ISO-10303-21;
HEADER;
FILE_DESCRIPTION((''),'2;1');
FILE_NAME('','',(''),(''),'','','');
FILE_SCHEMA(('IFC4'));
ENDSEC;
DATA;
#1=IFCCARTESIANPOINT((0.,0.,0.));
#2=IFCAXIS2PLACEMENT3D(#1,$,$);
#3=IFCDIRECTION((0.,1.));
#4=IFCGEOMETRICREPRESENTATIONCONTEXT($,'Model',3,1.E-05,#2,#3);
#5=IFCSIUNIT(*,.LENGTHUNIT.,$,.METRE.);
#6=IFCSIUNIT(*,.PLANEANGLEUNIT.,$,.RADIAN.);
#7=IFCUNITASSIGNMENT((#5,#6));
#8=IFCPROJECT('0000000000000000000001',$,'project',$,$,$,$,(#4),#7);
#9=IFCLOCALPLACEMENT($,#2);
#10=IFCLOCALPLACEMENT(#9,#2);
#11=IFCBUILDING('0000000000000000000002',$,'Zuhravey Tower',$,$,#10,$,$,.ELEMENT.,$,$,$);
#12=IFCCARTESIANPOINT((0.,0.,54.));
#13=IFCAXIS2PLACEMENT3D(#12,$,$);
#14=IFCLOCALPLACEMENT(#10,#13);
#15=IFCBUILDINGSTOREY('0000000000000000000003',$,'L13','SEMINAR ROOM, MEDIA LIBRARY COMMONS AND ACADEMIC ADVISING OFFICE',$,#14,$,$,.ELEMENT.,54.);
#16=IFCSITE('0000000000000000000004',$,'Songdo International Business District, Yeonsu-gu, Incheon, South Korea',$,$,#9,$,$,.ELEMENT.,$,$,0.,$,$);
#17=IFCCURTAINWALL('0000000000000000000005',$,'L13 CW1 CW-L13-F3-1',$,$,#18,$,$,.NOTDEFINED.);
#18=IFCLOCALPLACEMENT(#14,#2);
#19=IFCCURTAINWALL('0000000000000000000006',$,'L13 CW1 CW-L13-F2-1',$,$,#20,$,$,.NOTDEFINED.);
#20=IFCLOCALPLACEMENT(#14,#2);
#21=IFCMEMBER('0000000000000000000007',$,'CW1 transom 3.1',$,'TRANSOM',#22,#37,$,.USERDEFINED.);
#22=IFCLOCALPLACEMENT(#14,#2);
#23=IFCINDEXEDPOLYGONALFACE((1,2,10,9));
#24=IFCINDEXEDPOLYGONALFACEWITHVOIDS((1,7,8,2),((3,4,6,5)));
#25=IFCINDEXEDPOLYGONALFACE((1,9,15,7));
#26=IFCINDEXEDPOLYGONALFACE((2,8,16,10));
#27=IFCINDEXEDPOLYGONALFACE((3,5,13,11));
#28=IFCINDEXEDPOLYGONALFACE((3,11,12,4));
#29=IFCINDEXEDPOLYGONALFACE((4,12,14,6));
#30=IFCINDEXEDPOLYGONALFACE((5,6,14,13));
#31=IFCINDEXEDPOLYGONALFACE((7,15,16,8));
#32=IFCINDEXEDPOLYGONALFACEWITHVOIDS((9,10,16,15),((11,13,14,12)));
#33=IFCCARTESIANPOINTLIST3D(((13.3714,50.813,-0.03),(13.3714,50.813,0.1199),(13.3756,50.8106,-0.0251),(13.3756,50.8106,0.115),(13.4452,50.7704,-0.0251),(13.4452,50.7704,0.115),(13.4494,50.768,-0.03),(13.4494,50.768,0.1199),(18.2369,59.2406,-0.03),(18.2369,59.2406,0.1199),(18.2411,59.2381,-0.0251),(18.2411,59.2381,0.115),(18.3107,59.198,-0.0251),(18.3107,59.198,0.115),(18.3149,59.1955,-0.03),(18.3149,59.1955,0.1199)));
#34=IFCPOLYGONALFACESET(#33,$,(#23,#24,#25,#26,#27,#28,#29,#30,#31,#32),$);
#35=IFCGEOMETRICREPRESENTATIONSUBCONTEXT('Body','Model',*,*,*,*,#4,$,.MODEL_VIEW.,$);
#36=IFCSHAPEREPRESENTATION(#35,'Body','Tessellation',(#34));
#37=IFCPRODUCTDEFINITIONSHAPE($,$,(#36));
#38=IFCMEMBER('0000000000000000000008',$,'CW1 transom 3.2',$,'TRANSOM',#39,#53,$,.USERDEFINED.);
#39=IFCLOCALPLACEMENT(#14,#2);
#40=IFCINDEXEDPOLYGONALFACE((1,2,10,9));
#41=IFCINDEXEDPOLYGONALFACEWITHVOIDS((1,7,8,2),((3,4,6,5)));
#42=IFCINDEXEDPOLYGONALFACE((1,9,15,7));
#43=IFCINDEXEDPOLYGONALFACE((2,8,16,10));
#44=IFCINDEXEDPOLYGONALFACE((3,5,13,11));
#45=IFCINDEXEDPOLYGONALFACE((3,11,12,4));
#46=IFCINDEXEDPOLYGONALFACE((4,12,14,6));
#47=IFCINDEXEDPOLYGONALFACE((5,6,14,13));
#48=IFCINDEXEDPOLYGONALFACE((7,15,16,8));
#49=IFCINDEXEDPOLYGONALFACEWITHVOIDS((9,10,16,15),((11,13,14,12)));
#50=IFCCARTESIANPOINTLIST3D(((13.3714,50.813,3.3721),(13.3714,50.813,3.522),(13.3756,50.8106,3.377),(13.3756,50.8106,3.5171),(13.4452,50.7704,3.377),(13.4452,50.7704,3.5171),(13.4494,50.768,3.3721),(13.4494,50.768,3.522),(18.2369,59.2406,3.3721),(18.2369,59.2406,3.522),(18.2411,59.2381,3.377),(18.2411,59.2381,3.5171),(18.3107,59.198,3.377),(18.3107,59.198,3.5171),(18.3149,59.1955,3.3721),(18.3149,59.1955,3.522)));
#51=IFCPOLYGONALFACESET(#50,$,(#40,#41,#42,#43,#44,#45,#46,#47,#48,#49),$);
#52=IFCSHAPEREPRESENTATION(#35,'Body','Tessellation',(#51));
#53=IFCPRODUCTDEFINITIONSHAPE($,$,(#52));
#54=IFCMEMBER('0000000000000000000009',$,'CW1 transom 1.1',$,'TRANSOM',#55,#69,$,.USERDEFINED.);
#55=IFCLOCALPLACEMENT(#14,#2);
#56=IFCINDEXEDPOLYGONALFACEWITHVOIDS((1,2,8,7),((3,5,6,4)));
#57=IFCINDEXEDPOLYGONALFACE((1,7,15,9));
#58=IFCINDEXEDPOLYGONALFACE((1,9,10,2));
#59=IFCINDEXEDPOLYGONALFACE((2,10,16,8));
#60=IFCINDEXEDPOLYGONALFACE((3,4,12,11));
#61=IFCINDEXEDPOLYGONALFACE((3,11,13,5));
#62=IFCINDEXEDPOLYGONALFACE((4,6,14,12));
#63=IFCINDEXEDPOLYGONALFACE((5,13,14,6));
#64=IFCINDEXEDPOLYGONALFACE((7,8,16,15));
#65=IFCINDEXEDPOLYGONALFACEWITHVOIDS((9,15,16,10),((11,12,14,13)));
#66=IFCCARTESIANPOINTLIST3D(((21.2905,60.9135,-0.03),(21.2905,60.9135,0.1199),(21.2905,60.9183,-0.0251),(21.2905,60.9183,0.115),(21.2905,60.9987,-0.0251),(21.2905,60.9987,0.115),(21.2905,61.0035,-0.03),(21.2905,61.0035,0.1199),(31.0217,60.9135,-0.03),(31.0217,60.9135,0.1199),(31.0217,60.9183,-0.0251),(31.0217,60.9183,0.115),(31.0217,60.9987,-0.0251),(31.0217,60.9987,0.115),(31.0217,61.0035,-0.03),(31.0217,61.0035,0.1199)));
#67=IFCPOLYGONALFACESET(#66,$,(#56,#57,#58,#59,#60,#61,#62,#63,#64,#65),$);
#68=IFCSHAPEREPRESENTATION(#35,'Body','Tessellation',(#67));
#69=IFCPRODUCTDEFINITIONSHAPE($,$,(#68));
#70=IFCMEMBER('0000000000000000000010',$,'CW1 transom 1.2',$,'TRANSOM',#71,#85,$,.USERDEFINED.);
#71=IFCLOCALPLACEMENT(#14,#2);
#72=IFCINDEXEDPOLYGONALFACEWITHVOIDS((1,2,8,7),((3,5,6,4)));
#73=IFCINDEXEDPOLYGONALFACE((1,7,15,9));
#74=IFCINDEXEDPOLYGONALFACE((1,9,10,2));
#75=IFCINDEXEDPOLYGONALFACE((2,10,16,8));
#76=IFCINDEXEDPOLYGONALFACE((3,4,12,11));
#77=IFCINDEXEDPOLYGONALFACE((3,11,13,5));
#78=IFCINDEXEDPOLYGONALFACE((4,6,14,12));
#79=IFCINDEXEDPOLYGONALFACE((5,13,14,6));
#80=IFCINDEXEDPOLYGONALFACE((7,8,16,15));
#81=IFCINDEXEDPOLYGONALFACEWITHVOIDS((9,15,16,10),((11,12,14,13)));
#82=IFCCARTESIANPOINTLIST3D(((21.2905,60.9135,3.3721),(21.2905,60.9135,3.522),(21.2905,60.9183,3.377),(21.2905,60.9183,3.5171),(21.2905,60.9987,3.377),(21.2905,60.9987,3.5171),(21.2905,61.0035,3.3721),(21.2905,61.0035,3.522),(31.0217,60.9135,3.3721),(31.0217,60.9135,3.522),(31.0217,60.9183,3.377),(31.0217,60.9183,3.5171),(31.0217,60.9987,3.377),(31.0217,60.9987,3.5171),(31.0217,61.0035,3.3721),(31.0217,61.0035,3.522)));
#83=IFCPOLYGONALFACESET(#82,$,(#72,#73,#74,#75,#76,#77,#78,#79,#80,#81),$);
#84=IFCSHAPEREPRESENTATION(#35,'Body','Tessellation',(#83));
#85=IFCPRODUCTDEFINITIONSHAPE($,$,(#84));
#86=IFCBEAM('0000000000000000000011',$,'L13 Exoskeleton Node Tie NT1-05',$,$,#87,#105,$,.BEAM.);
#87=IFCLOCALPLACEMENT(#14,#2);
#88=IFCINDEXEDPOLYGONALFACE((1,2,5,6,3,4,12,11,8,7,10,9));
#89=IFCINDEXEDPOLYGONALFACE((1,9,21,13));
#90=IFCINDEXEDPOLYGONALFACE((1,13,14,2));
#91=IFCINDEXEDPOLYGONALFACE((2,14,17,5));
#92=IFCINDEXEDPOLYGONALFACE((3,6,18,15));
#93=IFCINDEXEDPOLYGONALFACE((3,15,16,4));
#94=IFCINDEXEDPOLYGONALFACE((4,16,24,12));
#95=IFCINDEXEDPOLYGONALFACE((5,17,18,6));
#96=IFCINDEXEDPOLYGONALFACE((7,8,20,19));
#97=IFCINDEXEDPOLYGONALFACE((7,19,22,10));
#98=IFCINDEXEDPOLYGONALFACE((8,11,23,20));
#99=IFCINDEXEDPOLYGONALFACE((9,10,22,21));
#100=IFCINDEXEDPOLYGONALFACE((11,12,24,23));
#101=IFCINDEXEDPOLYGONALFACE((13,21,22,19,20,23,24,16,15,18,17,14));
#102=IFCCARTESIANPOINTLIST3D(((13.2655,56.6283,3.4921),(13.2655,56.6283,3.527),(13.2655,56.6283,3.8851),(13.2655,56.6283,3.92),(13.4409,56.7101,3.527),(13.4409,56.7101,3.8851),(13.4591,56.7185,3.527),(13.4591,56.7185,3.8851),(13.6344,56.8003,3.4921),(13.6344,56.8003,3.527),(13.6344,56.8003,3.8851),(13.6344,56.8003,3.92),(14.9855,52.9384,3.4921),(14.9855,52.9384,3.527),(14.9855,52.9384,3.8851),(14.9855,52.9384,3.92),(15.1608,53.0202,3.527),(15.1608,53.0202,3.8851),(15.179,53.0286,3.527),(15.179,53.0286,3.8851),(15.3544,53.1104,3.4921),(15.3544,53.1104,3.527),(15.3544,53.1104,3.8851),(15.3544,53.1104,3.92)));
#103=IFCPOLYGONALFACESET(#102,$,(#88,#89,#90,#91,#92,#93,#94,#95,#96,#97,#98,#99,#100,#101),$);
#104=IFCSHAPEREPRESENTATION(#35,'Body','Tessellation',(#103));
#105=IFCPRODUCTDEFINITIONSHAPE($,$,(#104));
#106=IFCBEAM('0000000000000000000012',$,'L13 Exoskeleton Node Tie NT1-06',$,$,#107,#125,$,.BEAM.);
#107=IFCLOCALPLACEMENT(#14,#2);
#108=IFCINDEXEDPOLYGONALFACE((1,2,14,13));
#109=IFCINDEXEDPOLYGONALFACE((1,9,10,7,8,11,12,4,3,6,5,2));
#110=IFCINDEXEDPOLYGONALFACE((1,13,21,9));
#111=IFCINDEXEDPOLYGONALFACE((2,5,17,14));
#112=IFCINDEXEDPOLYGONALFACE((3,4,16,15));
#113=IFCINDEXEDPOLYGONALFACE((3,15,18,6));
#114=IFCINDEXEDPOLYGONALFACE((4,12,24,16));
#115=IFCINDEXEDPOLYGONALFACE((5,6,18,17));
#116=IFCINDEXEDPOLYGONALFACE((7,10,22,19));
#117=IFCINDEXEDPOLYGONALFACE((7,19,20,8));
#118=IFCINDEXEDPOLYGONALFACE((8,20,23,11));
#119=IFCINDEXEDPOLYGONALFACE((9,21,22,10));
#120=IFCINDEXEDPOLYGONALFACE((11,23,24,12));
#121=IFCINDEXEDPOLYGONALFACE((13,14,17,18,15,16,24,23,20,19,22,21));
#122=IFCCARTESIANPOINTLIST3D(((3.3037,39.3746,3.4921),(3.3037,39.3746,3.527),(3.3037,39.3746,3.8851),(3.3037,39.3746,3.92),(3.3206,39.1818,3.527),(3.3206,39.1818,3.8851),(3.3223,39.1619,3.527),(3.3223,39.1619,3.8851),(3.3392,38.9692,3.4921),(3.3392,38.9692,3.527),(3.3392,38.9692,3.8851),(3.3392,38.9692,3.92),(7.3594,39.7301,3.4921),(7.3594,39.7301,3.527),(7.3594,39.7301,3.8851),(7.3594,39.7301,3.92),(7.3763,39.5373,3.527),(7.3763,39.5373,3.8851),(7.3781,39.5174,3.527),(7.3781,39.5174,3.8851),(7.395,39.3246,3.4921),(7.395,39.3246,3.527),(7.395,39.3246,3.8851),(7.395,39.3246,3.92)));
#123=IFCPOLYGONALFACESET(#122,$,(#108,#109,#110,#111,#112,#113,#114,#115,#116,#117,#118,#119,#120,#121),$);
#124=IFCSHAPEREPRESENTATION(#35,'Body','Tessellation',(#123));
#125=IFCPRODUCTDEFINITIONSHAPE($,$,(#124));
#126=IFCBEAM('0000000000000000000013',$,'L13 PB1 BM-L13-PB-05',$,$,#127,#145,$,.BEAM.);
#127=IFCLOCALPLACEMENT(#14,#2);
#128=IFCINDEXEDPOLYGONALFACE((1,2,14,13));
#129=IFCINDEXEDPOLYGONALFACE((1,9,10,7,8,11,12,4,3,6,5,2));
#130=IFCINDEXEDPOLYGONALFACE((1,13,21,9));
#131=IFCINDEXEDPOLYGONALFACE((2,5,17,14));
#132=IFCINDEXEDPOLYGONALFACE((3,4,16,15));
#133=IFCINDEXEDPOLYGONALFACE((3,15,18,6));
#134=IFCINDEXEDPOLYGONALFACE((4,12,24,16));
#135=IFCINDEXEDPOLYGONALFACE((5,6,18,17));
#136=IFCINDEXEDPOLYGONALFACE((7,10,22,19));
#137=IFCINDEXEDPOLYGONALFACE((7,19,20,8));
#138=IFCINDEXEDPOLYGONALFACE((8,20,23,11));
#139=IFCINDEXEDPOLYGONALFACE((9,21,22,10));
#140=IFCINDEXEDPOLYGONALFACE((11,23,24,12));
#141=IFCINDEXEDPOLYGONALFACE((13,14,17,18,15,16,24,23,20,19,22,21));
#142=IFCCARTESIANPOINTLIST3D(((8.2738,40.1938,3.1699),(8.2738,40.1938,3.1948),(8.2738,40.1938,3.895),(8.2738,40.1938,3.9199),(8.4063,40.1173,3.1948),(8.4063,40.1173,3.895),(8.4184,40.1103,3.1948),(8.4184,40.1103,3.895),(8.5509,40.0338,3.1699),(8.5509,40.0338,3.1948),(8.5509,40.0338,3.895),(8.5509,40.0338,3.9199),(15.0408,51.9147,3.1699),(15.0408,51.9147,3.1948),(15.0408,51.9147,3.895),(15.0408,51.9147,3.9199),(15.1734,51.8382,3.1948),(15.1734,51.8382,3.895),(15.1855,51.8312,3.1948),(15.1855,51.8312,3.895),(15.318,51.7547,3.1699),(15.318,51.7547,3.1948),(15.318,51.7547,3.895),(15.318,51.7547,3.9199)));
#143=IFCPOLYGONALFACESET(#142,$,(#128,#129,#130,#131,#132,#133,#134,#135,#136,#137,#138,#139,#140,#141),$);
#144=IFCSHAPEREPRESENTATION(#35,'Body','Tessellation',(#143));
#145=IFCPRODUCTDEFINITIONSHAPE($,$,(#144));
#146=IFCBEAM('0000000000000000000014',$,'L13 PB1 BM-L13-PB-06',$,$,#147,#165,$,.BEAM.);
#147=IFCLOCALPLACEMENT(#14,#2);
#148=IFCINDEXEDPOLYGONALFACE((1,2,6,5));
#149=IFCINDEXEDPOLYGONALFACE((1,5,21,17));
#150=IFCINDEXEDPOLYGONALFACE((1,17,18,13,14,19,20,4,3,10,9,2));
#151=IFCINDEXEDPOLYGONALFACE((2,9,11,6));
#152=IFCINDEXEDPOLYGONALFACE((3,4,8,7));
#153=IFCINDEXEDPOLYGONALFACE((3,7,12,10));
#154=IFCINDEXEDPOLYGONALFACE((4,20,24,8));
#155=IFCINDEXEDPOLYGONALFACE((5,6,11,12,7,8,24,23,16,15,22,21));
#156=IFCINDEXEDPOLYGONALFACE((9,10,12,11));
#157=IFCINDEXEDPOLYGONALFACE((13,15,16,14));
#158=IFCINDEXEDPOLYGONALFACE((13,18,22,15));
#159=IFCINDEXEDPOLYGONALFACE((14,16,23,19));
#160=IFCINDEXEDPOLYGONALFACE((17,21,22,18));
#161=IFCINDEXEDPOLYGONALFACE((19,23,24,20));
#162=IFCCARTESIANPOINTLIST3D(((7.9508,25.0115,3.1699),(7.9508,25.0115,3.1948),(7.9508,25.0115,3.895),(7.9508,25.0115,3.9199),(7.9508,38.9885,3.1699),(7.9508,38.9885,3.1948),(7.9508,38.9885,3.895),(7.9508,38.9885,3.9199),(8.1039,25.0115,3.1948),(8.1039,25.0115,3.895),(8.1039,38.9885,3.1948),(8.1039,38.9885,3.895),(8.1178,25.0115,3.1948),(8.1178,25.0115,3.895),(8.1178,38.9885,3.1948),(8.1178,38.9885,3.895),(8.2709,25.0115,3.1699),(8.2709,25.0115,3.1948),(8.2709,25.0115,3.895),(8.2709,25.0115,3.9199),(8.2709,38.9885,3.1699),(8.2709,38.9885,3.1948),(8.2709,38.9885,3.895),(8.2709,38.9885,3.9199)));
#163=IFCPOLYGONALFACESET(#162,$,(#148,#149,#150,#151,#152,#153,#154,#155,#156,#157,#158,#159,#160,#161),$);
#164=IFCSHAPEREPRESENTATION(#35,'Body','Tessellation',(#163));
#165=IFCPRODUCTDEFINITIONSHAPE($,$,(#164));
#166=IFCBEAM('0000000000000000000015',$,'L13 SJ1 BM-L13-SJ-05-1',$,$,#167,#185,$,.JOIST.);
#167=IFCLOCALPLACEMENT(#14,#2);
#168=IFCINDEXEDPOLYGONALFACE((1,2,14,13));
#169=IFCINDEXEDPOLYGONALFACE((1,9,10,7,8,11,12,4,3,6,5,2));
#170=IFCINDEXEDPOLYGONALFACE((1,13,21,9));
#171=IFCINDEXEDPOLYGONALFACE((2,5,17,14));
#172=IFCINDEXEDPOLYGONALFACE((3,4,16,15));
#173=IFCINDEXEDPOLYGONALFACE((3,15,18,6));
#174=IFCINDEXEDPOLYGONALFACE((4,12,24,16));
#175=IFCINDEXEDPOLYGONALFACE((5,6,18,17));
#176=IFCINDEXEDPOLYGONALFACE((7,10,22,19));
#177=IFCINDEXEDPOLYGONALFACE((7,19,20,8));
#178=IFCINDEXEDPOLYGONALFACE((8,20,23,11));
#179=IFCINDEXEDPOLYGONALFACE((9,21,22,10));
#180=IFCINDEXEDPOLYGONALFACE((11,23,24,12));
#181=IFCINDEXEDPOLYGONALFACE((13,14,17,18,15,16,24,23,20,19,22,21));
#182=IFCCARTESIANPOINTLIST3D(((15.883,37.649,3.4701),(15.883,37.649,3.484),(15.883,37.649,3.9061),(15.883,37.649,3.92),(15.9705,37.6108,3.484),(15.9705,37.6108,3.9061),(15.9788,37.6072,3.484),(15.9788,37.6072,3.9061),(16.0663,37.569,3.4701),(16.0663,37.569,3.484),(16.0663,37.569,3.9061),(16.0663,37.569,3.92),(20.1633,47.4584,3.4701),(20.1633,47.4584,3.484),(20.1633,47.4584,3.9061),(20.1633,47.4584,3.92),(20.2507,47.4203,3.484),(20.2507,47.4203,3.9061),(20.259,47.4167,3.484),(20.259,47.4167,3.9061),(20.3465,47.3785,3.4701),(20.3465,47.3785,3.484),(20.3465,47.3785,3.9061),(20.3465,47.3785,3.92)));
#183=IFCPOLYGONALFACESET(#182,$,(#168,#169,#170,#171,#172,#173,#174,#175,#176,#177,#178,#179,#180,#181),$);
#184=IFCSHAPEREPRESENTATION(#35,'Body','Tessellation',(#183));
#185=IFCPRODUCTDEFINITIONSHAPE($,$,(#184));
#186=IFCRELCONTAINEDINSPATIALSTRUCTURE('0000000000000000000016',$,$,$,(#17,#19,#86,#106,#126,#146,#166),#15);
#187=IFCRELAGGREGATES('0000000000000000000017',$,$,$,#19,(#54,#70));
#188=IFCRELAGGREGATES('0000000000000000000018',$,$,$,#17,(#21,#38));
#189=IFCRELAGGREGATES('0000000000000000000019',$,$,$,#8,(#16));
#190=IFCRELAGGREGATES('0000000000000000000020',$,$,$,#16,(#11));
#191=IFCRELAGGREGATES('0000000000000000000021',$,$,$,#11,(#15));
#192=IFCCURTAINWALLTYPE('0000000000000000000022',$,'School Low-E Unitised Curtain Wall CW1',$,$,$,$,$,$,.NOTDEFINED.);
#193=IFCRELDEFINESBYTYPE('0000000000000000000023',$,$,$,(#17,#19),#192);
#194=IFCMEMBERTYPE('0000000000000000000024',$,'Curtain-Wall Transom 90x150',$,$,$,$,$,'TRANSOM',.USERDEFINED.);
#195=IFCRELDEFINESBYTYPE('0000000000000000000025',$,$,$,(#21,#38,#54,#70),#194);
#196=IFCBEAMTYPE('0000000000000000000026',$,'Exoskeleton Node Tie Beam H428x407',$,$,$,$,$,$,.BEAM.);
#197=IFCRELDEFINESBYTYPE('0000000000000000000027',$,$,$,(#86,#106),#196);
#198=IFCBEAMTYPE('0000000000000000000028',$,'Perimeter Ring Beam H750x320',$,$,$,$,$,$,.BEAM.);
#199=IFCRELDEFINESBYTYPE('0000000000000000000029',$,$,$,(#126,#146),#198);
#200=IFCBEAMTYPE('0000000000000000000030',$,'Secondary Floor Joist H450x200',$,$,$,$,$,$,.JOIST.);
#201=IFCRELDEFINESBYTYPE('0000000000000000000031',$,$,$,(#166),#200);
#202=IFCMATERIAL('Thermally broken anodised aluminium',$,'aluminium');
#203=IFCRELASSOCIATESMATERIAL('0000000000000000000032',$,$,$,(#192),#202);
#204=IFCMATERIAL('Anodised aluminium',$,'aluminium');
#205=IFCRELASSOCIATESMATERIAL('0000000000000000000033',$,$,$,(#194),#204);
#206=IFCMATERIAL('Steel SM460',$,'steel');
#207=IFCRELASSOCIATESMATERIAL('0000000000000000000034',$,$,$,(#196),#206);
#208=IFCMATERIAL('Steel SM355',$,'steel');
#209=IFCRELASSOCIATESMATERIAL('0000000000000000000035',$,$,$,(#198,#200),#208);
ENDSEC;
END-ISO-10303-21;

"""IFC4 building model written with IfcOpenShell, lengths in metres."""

from ifc_helpers import new_model, si_unit, direction, frame, origin, origin_2d, place, context, subcontext, project, spatial, hollow_rectangle, i_section, extrude, material, material_profile, profile_set, type_object, element, aggregate, save


model = new_model("IFC4")

# Units and contexts
model_context = context("Model", 3, precision=1e-05, world=origin(), true_north=direction((0.0, 1.0)))
body_context = subcontext(model_context, "Body", "Model", "MODEL_VIEW")
ifc_project = project(units=[si_unit("LENGTHUNIT", "METRE"), si_unit("PLANEANGLEUNIT", "RADIAN")], contexts=[model_context])

# Site, building, storey
site_placement = place(None, origin())
site = spatial("IfcSite", under=ifc_project, at=site_placement, Name="Songdo International Business District, Yeonsu-gu, Incheon, South Korea", CompositionType="ELEMENT", RefElevation=0.0)
building_placement = place(site_placement, origin())
building = spatial("IfcBuilding", under=site, at=building_placement, Name="Zuhravey Tower", CompositionType="ELEMENT")
storey_placement = place(building_placement, frame((0.0, 0.0, 54.0)))
storey = spatial("IfcBuildingStorey", under=building, at=storey_placement, Name="L13", Description="SEMINAR ROOM, MEDIA LIBRARY COMMONS AND ACADEMIC ADVISING OFFICE", CompositionType="ELEMENT", Elevation=54.0)

# Curtain wall
ifc_material_1 = material(Name="Thermally broken anodised aluminium", Category="aluminium")
curtain_wall_type = type_object("IfcCurtainWallType", Name="School Low-E Unitised Curtain Wall CW1", PredefinedType="NOTDEFINED", material=ifc_material_1)
curtain_wall_1_placement = place(storey_placement, origin())
curtain_wall_1 = element("IfcCurtainWall", 1, at=curtain_wall_1_placement, inside=storey, type_object=curtain_wall_type, Name="L13 CW1 CW-L13-F3-1", PredefinedType="NOTDEFINED")
ifc_material_2 = material(Name="Anodised aluminium", Category="aluminium")

# Curtain wall
curtain_wall_2_placement = place(storey_placement, origin())
curtain_wall_2 = element("IfcCurtainWall", 2, at=curtain_wall_2_placement, inside=storey, type_object=curtain_wall_type, Name="L13 CW1 CW-L13-F2-1", PredefinedType="NOTDEFINED")

# Members
ifc_material_profile_1 = material_profile(ifc_material_2, hollow_rectangle(XDim=0.0901, YDim=0.1499, WallThickness=0.0049, at=origin_2d()), Name="ALU-RHS-90x150x5")
ifc_profile_set_1 = profile_set([ifc_material_profile_1], Name="Anodised aluminium")
member_type_1 = type_object("IfcMemberType", Name="Curtain-Wall Transom 90x150", ElementType="TRANSOM", PredefinedType="USERDEFINED", material=ifc_profile_set_1)
member_1_placement = place(storey_placement, frame((13.4104, 50.7905, 0.0449), z_axis=(0.49999, 0.866031, 0.0), x_axis=(-0.866031, 0.49999, 0.0)))
member_1 = element("IfcMember", 3, at=member_1_placement, type_object=member_type_1, Name="CW1 transom 3.1", ObjectType="TRANSOM", PredefinedType="USERDEFINED", context=body_context, shape_type="SweptSolid", body=[
    extrude(hollow_rectangle(XDim=0.0901, YDim=0.1499, WallThickness=0.0049, at=origin_2d()), origin(), (0.0, 0.0, 1.0), 9.7312),
])
member_2_placement = place(storey_placement, frame((13.4104, 50.7905, 3.447), z_axis=(0.49999, 0.866031, 0.0), x_axis=(-0.866031, 0.49999, 0.0)))
member_2 = element("IfcMember", 4, at=member_2_placement, type_object=member_type_1, Name="CW1 transom 3.2", ObjectType="TRANSOM", PredefinedType="USERDEFINED", context=body_context, shape_type="SweptSolid", body=[
    extrude(hollow_rectangle(XDim=0.0901, YDim=0.1499, WallThickness=0.0049, at=origin_2d()), origin(), (0.0, 0.0, 1.0), 9.7312),
])
member_3_placement = place(storey_placement, frame((21.2905, 60.9585, 0.0449), z_axis=(1.0, 0.0, 0.0), x_axis=(0.0, 1.0, 0.0)))
member_3 = element("IfcMember", 5, at=member_3_placement, type_object=member_type_1, Name="CW1 transom 1.1", ObjectType="TRANSOM", PredefinedType="USERDEFINED", context=body_context, shape_type="SweptSolid", body=[
    extrude(hollow_rectangle(XDim=0.0901, YDim=0.1499, WallThickness=0.0049, at=origin_2d()), origin(), (0.0, 0.0, 1.0), 9.7312),
])
member_4_placement = place(storey_placement, frame((21.2905, 60.9585, 3.447), z_axis=(1.0, 0.0, 0.0), x_axis=(0.0, 1.0, 0.0)))
member_4 = element("IfcMember", 6, at=member_4_placement, type_object=member_type_1, Name="CW1 transom 1.2", ObjectType="TRANSOM", PredefinedType="USERDEFINED", context=body_context, shape_type="SweptSolid", body=[
    extrude(hollow_rectangle(XDim=0.0901, YDim=0.1499, WallThickness=0.0049, at=origin_2d()), origin(), (0.0, 0.0, 1.0), 9.7312),
])
aggregate(curtain_wall_2, [member_3, member_4])

# Beams
ifc_material_3 = material(Name="Steel SM460", Category="steel")
ifc_material_profile_2 = material_profile(ifc_material_3, i_section(OverallWidth=0.407, OverallDepth=0.428, WebThickness=0.02, FlangeThickness=0.0349, at=origin_2d()), Name="H-428x407x20x35")
ifc_profile_set_2 = profile_set([ifc_material_profile_2], Name="Steel SM460")
beam_type_1 = type_object("IfcBeamType", Name="Exoskeleton Node Tie Beam H428x407", PredefinedType="BEAM", material=ifc_profile_set_2)
beam_1_placement = place(storey_placement, frame((15.1699, 53.0244, 3.7061), z_axis=(-0.422482, 0.906371, 0.0), x_axis=(-0.906371, -0.422482, 0.0)))
element("IfcBeam", 7, at=beam_1_placement, inside=storey, type_object=beam_type_1, Name="L13 Exoskeleton Node Tie NT1-05", PredefinedType="BEAM", context=body_context, shape_type="SweptSolid", body=[
    extrude(i_section(OverallWidth=0.407, OverallDepth=0.428, WebThickness=0.02, FlangeThickness=0.0349, at=origin_2d()), origin(), (0.0, 0.0, 1.0), 4.071),
])
beam_2_placement = place(storey_placement, frame((7.3772, 39.5273, 3.7061), z_axis=(-0.996181, -0.087313, 0.0), x_axis=(0.087313, -0.996181, 0.0)))
element("IfcBeam", 8, at=beam_2_placement, inside=storey, type_object=beam_type_1, Name="L13 Exoskeleton Node Tie NT1-06", PredefinedType="BEAM", context=body_context, shape_type="SweptSolid", body=[
    extrude(i_section(OverallWidth=0.407, OverallDepth=0.428, WebThickness=0.02, FlangeThickness=0.0349, at=origin_2d()), origin(), (0.0, 0.0, 1.0), 4.0713),
])
ifc_material_4 = material(Name="Steel SM355", Category="steel")
ifc_material_profile_3 = material_profile(ifc_material_4, i_section(OverallWidth=0.3201, OverallDepth=0.75, WebThickness=0.0139, FlangeThickness=0.0249, at=origin_2d()), Name="H-750x320x14x25")
ifc_profile_set_3 = profile_set([ifc_material_profile_3], Name="Steel SM355")
beam_type_2 = type_object("IfcBeamType", Name="Perimeter Ring Beam H750x320", PredefinedType="BEAM", material=ifc_profile_set_3)
beam_3_placement = place(storey_placement, frame((15.1794, 51.8347, 3.5449), z_axis=(-0.5, -0.866025, 0.0), x_axis=(0.866025, -0.5, 0.0)))
element("IfcBeam", 9, at=beam_3_placement, inside=storey, type_object=beam_type_2, Name="L13 PB1 BM-L13-PB-05", PredefinedType="BEAM", context=body_context, shape_type="SweptSolid", body=[
    extrude(i_section(OverallWidth=0.3201, OverallDepth=0.75, WebThickness=0.0139, FlangeThickness=0.0249, at=origin_2d()), origin(), (0.0, 0.0, 1.0), 13.5342),
])
beam_4_placement = place(storey_placement, frame((8.1108, 38.9885, 3.5449), z_axis=(0.0, -1.0, 0.0), x_axis=(1.0, 0.0, 0.0)))
element("IfcBeam", 10, at=beam_4_placement, inside=storey, type_object=beam_type_2, Name="L13 PB1 BM-L13-PB-06", PredefinedType="BEAM", context=body_context, shape_type="SweptSolid", body=[
    extrude(i_section(OverallWidth=0.3201, OverallDepth=0.75, WebThickness=0.0139, FlangeThickness=0.0249, at=origin_2d()), origin(), (0.0, 0.0, 1.0), 13.9771),
])
ifc_material_profile_4 = material_profile(ifc_material_4, i_section(OverallWidth=0.2, OverallDepth=0.45, WebThickness=0.009, FlangeThickness=0.0139, at=origin_2d()), Name="H-450x200x9x14")
ifc_profile_set_4 = profile_set([ifc_material_profile_4], Name="Steel SM355")
beam_type_3 = type_object("IfcBeamType", Name="Secondary Floor Joist H450x200", PredefinedType="JOIST", material=ifc_profile_set_4)
beam_5_placement = place(storey_placement, frame((20.2549, 47.4185, 3.6951), z_axis=(-0.399924, -0.916549, 0.0), x_axis=(0.916549, -0.399924, 0.0)))
element("IfcBeam", 11, at=beam_5_placement, inside=storey, type_object=beam_type_3, Name="L13 SJ1 BM-L13-SJ-05-1", PredefinedType="JOIST", context=body_context, shape_type="SweptSolid", body=[
    extrude(i_section(OverallWidth=0.2, OverallDepth=0.45, WebThickness=0.009, FlangeThickness=0.0139, at=origin_2d()), origin(), (0.0, 0.0, 1.0), 10.7026),
])

aggregate(curtain_wall_1, [member_1, member_2])

save(model, "model.ifc")
